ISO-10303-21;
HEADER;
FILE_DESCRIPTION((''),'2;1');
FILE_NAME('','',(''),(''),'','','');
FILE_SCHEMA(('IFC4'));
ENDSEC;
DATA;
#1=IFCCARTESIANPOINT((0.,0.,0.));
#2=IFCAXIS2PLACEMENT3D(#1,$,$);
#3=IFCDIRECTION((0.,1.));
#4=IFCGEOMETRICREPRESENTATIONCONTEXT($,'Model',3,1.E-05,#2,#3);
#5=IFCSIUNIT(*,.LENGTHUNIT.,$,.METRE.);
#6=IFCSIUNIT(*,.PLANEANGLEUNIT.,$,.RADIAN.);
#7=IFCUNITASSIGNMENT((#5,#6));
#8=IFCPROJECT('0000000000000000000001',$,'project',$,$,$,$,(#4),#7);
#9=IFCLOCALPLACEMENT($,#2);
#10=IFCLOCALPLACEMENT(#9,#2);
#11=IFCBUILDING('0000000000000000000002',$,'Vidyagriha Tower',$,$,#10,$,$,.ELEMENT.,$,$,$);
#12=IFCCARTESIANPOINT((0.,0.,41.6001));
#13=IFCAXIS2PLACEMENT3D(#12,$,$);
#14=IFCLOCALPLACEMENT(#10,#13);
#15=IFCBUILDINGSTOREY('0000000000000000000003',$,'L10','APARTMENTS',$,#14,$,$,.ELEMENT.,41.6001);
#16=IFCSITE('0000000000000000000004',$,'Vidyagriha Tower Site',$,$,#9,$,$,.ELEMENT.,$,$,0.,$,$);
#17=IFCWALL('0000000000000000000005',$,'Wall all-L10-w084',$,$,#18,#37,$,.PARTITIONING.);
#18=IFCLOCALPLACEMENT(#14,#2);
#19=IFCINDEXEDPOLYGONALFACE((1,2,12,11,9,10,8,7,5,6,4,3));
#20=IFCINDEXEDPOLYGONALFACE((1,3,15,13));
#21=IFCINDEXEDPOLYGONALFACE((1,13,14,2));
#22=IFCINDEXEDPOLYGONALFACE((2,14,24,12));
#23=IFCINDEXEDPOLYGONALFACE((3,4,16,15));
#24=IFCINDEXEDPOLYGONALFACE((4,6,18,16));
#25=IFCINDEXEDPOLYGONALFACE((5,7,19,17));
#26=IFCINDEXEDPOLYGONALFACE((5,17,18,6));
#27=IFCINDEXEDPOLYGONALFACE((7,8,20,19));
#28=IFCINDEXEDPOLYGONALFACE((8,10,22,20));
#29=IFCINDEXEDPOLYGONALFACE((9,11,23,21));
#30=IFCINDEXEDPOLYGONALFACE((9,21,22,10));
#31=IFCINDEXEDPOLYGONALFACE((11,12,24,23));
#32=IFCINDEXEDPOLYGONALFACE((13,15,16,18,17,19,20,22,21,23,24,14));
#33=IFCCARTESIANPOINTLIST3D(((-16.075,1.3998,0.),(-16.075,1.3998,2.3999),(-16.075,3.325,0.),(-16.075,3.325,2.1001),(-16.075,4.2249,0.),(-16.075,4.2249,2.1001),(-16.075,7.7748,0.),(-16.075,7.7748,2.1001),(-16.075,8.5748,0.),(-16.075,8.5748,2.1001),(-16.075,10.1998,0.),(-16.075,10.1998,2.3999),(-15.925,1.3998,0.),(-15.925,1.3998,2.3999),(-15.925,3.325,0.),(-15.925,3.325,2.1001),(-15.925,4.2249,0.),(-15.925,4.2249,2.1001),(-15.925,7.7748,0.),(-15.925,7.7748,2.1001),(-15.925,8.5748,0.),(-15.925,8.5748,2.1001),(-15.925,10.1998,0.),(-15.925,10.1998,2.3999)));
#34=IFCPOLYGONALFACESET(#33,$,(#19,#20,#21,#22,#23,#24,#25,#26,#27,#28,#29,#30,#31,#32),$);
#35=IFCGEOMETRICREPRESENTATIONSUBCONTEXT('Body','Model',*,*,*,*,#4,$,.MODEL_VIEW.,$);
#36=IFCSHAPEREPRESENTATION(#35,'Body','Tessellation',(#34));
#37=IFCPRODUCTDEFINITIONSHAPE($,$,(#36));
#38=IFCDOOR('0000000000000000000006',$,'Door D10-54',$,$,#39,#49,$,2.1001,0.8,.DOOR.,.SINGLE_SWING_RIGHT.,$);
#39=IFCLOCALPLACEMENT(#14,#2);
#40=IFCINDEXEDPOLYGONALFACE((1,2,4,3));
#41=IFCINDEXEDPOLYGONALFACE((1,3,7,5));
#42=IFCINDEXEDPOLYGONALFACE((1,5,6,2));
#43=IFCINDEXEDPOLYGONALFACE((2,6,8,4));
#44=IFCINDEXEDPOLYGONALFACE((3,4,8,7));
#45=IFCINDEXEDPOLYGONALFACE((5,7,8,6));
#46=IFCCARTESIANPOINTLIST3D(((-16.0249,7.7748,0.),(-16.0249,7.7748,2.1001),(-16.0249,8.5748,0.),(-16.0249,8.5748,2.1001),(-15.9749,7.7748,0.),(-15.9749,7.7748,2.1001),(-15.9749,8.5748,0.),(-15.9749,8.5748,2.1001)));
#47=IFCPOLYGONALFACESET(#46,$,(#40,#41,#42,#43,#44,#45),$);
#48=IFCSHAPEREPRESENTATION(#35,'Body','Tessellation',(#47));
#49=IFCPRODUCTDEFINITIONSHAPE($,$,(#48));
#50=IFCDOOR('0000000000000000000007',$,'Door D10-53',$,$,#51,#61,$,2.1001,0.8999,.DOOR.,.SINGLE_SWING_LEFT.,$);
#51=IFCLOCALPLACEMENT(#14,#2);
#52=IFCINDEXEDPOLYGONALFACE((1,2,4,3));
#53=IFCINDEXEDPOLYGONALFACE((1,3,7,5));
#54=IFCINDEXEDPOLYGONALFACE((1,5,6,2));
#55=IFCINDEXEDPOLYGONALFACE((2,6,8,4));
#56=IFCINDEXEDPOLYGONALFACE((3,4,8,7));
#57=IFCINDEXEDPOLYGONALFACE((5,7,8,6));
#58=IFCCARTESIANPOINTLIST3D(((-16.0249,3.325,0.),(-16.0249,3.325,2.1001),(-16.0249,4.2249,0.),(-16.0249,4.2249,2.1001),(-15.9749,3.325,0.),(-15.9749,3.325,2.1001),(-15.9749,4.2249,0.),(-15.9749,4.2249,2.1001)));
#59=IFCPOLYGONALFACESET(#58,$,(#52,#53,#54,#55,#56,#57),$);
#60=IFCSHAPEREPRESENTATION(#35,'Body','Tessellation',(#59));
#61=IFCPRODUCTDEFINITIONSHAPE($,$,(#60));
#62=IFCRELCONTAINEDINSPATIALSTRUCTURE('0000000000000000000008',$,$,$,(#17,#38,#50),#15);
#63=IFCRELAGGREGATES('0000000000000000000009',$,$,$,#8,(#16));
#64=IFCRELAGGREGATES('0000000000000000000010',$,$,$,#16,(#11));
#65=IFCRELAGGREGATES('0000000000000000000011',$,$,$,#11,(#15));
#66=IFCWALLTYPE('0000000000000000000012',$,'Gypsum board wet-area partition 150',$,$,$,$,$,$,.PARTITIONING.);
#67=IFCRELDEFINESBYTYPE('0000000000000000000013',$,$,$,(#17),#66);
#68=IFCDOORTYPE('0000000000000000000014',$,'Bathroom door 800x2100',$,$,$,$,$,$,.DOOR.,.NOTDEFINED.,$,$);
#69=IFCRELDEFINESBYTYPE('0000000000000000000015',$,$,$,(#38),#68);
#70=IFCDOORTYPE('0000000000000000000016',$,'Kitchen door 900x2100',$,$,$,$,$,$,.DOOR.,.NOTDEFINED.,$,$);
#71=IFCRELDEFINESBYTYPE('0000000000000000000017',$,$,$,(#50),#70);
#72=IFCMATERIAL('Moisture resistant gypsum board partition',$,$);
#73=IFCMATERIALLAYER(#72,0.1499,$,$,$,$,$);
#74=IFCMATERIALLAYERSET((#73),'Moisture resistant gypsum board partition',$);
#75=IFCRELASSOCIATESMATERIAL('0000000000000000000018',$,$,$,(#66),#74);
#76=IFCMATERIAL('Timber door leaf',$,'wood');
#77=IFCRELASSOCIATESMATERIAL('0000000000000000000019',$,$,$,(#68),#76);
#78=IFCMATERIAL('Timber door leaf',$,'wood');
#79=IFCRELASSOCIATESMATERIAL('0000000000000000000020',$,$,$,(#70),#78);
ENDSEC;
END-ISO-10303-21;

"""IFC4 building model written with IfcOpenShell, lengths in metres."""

from ifc_helpers import new_model, si_unit, direction, frame, frame_2d, origin, place, context, subcontext, project, spatial, rectangle, extrude, material, layer, layer_set, type_object, element, fill, save


model = new_model("IFC4")

# Units and contexts
model_context = context("Model", 3, precision=1e-05, world=origin(), true_north=direction((0.0, 1.0)))
body_context = subcontext(model_context, "Body", "Model", "MODEL_VIEW")
ifc_project = project(units=[si_unit("LENGTHUNIT", "METRE"), si_unit("PLANEANGLEUNIT", "RADIAN")], contexts=[model_context])

# Site, building, storey
site_placement = place(None, origin())
site = spatial("IfcSite", under=ifc_project, at=site_placement, Name="Vidyagriha Tower Site", CompositionType="ELEMENT", RefElevation=0.0)
building_placement = place(site_placement, origin())
building = spatial("IfcBuilding", under=site, at=building_placement, Name="Vidyagriha Tower", CompositionType="ELEMENT")
storey_placement = place(building_placement, frame((0.0, 0.0, 41.6001)))
storey = spatial("IfcBuildingStorey", under=building, at=storey_placement, Name="L10", Description="APARTMENTS", CompositionType="ELEMENT", Elevation=41.6001)

# Wall, openings, doors
ifc_material_1 = material(Name="Moisture resistant gypsum board partition")
ifc_layer_1 = layer(ifc_material_1, 0.1499)
ifc_layer_set_1 = layer_set([ifc_layer_1], Name="Moisture resistant gypsum board partition")
wall_type_1 = type_object("IfcWallType", Name="Gypsum board wet-area partition 150", PredefinedType="PARTITIONING", material=ifc_layer_set_1)
wall_1_placement = place(storey_placement, frame((-16.0, 1.3999, 0.0), z_axis=(0.0, 0.0, 1.0), x_axis=(0.0, 1.0, 0.0)))
wall_1 = element("IfcWall", 1, at=wall_1_placement, inside=storey, type_object=wall_type_1, Name="Wall all-L10-w084", PredefinedType="PARTITIONING", context=body_context, shape_type="SweptSolid", body=[
    extrude(rectangle(XDim=8.8, YDim=0.1499, at=frame_2d((4.3999, 0.0))), origin(), (0.0, 0.0, 1.0), 2.3999),
])
opening_1_placement = place(wall_1_placement, frame((1.925, 0.0, 0.0)))
opening_1 = element("IfcOpeningElement", 2, at=opening_1_placement, cuts=wall_1, PredefinedType="OPENING", context=body_context, shape_type="SweptSolid", body=[
    extrude(rectangle(XDim=0.8999, YDim=2.1001, at=frame_2d((0.45, 1.05))), frame((0.0, 0.085, 0.0), z_axis=(0.0, -1.0, 0.0), x_axis=(1.0, 0.0, 0.0)), (0.0, 0.0, 1.0), 0.1699),
])
opening_2_placement = place(wall_1_placement, frame((6.375, 0.0, 0.0)))
opening_2 = element("IfcOpeningElement", 3, at=opening_2_placement, cuts=wall_1, PredefinedType="OPENING", context=body_context, shape_type="SweptSolid", body=[
    extrude(rectangle(XDim=0.8, YDim=2.1001, at=frame_2d((0.3999, 1.05))), frame((0.0, 0.085, 0.0), z_axis=(0.0, -1.0, 0.0), x_axis=(1.0, 0.0, 0.0)), (0.0, 0.0, 1.0), 0.1699),
])
ifc_material_2 = material(Name="Timber door leaf", Category="wood")
door_type_1 = type_object("IfcDoorType", Name="Bathroom door 800x2100", OperationType="NOTDEFINED", PredefinedType="DOOR", material=ifc_material_2)
door_1_placement = place(opening_2_placement, origin())
door_1 = element("IfcDoor", 4, at=door_1_placement, inside=storey, type_object=door_type_1, Name="Door D10-54", OperationType="SINGLE_SWING_RIGHT", OverallHeight=2.1001, OverallWidth=0.8, PredefinedType="DOOR", context=body_context, shape_type="SweptSolid", body=[
    extrude(rectangle(XDim=0.8, YDim=2.1001, at=frame_2d((0.3999, 1.05))), frame((0.0, 0.0249, 0.0), z_axis=(0.0, -1.0, 0.0), x_axis=(1.0, 0.0, 0.0)), (0.0, 0.0, 1.0), 0.05),
])
fill(opening_2, door_1)
ifc_material_3 = material(Name="Timber door leaf", Category="wood")
door_type_2 = type_object("IfcDoorType", Name="Kitchen door 900x2100", OperationType="NOTDEFINED", PredefinedType="DOOR", material=ifc_material_3)
door_2_placement = place(opening_1_placement, origin())
door_2 = element("IfcDoor", 5, at=door_2_placement, inside=storey, type_object=door_type_2, Name="Door D10-53", OperationType="SINGLE_SWING_LEFT", OverallHeight=2.1001, OverallWidth=0.8999, PredefinedType="DOOR", context=body_context, shape_type="SweptSolid", body=[
    extrude(rectangle(XDim=0.8999, YDim=2.1001, at=frame_2d((0.45, 1.05))), frame((0.0, 0.0249, 0.0), z_axis=(0.0, -1.0, 0.0), x_axis=(1.0, 0.0, 0.0)), (0.0, 0.0, 1.0), 0.05),
])
fill(opening_1, door_2)

save(model, "model.ifc")
